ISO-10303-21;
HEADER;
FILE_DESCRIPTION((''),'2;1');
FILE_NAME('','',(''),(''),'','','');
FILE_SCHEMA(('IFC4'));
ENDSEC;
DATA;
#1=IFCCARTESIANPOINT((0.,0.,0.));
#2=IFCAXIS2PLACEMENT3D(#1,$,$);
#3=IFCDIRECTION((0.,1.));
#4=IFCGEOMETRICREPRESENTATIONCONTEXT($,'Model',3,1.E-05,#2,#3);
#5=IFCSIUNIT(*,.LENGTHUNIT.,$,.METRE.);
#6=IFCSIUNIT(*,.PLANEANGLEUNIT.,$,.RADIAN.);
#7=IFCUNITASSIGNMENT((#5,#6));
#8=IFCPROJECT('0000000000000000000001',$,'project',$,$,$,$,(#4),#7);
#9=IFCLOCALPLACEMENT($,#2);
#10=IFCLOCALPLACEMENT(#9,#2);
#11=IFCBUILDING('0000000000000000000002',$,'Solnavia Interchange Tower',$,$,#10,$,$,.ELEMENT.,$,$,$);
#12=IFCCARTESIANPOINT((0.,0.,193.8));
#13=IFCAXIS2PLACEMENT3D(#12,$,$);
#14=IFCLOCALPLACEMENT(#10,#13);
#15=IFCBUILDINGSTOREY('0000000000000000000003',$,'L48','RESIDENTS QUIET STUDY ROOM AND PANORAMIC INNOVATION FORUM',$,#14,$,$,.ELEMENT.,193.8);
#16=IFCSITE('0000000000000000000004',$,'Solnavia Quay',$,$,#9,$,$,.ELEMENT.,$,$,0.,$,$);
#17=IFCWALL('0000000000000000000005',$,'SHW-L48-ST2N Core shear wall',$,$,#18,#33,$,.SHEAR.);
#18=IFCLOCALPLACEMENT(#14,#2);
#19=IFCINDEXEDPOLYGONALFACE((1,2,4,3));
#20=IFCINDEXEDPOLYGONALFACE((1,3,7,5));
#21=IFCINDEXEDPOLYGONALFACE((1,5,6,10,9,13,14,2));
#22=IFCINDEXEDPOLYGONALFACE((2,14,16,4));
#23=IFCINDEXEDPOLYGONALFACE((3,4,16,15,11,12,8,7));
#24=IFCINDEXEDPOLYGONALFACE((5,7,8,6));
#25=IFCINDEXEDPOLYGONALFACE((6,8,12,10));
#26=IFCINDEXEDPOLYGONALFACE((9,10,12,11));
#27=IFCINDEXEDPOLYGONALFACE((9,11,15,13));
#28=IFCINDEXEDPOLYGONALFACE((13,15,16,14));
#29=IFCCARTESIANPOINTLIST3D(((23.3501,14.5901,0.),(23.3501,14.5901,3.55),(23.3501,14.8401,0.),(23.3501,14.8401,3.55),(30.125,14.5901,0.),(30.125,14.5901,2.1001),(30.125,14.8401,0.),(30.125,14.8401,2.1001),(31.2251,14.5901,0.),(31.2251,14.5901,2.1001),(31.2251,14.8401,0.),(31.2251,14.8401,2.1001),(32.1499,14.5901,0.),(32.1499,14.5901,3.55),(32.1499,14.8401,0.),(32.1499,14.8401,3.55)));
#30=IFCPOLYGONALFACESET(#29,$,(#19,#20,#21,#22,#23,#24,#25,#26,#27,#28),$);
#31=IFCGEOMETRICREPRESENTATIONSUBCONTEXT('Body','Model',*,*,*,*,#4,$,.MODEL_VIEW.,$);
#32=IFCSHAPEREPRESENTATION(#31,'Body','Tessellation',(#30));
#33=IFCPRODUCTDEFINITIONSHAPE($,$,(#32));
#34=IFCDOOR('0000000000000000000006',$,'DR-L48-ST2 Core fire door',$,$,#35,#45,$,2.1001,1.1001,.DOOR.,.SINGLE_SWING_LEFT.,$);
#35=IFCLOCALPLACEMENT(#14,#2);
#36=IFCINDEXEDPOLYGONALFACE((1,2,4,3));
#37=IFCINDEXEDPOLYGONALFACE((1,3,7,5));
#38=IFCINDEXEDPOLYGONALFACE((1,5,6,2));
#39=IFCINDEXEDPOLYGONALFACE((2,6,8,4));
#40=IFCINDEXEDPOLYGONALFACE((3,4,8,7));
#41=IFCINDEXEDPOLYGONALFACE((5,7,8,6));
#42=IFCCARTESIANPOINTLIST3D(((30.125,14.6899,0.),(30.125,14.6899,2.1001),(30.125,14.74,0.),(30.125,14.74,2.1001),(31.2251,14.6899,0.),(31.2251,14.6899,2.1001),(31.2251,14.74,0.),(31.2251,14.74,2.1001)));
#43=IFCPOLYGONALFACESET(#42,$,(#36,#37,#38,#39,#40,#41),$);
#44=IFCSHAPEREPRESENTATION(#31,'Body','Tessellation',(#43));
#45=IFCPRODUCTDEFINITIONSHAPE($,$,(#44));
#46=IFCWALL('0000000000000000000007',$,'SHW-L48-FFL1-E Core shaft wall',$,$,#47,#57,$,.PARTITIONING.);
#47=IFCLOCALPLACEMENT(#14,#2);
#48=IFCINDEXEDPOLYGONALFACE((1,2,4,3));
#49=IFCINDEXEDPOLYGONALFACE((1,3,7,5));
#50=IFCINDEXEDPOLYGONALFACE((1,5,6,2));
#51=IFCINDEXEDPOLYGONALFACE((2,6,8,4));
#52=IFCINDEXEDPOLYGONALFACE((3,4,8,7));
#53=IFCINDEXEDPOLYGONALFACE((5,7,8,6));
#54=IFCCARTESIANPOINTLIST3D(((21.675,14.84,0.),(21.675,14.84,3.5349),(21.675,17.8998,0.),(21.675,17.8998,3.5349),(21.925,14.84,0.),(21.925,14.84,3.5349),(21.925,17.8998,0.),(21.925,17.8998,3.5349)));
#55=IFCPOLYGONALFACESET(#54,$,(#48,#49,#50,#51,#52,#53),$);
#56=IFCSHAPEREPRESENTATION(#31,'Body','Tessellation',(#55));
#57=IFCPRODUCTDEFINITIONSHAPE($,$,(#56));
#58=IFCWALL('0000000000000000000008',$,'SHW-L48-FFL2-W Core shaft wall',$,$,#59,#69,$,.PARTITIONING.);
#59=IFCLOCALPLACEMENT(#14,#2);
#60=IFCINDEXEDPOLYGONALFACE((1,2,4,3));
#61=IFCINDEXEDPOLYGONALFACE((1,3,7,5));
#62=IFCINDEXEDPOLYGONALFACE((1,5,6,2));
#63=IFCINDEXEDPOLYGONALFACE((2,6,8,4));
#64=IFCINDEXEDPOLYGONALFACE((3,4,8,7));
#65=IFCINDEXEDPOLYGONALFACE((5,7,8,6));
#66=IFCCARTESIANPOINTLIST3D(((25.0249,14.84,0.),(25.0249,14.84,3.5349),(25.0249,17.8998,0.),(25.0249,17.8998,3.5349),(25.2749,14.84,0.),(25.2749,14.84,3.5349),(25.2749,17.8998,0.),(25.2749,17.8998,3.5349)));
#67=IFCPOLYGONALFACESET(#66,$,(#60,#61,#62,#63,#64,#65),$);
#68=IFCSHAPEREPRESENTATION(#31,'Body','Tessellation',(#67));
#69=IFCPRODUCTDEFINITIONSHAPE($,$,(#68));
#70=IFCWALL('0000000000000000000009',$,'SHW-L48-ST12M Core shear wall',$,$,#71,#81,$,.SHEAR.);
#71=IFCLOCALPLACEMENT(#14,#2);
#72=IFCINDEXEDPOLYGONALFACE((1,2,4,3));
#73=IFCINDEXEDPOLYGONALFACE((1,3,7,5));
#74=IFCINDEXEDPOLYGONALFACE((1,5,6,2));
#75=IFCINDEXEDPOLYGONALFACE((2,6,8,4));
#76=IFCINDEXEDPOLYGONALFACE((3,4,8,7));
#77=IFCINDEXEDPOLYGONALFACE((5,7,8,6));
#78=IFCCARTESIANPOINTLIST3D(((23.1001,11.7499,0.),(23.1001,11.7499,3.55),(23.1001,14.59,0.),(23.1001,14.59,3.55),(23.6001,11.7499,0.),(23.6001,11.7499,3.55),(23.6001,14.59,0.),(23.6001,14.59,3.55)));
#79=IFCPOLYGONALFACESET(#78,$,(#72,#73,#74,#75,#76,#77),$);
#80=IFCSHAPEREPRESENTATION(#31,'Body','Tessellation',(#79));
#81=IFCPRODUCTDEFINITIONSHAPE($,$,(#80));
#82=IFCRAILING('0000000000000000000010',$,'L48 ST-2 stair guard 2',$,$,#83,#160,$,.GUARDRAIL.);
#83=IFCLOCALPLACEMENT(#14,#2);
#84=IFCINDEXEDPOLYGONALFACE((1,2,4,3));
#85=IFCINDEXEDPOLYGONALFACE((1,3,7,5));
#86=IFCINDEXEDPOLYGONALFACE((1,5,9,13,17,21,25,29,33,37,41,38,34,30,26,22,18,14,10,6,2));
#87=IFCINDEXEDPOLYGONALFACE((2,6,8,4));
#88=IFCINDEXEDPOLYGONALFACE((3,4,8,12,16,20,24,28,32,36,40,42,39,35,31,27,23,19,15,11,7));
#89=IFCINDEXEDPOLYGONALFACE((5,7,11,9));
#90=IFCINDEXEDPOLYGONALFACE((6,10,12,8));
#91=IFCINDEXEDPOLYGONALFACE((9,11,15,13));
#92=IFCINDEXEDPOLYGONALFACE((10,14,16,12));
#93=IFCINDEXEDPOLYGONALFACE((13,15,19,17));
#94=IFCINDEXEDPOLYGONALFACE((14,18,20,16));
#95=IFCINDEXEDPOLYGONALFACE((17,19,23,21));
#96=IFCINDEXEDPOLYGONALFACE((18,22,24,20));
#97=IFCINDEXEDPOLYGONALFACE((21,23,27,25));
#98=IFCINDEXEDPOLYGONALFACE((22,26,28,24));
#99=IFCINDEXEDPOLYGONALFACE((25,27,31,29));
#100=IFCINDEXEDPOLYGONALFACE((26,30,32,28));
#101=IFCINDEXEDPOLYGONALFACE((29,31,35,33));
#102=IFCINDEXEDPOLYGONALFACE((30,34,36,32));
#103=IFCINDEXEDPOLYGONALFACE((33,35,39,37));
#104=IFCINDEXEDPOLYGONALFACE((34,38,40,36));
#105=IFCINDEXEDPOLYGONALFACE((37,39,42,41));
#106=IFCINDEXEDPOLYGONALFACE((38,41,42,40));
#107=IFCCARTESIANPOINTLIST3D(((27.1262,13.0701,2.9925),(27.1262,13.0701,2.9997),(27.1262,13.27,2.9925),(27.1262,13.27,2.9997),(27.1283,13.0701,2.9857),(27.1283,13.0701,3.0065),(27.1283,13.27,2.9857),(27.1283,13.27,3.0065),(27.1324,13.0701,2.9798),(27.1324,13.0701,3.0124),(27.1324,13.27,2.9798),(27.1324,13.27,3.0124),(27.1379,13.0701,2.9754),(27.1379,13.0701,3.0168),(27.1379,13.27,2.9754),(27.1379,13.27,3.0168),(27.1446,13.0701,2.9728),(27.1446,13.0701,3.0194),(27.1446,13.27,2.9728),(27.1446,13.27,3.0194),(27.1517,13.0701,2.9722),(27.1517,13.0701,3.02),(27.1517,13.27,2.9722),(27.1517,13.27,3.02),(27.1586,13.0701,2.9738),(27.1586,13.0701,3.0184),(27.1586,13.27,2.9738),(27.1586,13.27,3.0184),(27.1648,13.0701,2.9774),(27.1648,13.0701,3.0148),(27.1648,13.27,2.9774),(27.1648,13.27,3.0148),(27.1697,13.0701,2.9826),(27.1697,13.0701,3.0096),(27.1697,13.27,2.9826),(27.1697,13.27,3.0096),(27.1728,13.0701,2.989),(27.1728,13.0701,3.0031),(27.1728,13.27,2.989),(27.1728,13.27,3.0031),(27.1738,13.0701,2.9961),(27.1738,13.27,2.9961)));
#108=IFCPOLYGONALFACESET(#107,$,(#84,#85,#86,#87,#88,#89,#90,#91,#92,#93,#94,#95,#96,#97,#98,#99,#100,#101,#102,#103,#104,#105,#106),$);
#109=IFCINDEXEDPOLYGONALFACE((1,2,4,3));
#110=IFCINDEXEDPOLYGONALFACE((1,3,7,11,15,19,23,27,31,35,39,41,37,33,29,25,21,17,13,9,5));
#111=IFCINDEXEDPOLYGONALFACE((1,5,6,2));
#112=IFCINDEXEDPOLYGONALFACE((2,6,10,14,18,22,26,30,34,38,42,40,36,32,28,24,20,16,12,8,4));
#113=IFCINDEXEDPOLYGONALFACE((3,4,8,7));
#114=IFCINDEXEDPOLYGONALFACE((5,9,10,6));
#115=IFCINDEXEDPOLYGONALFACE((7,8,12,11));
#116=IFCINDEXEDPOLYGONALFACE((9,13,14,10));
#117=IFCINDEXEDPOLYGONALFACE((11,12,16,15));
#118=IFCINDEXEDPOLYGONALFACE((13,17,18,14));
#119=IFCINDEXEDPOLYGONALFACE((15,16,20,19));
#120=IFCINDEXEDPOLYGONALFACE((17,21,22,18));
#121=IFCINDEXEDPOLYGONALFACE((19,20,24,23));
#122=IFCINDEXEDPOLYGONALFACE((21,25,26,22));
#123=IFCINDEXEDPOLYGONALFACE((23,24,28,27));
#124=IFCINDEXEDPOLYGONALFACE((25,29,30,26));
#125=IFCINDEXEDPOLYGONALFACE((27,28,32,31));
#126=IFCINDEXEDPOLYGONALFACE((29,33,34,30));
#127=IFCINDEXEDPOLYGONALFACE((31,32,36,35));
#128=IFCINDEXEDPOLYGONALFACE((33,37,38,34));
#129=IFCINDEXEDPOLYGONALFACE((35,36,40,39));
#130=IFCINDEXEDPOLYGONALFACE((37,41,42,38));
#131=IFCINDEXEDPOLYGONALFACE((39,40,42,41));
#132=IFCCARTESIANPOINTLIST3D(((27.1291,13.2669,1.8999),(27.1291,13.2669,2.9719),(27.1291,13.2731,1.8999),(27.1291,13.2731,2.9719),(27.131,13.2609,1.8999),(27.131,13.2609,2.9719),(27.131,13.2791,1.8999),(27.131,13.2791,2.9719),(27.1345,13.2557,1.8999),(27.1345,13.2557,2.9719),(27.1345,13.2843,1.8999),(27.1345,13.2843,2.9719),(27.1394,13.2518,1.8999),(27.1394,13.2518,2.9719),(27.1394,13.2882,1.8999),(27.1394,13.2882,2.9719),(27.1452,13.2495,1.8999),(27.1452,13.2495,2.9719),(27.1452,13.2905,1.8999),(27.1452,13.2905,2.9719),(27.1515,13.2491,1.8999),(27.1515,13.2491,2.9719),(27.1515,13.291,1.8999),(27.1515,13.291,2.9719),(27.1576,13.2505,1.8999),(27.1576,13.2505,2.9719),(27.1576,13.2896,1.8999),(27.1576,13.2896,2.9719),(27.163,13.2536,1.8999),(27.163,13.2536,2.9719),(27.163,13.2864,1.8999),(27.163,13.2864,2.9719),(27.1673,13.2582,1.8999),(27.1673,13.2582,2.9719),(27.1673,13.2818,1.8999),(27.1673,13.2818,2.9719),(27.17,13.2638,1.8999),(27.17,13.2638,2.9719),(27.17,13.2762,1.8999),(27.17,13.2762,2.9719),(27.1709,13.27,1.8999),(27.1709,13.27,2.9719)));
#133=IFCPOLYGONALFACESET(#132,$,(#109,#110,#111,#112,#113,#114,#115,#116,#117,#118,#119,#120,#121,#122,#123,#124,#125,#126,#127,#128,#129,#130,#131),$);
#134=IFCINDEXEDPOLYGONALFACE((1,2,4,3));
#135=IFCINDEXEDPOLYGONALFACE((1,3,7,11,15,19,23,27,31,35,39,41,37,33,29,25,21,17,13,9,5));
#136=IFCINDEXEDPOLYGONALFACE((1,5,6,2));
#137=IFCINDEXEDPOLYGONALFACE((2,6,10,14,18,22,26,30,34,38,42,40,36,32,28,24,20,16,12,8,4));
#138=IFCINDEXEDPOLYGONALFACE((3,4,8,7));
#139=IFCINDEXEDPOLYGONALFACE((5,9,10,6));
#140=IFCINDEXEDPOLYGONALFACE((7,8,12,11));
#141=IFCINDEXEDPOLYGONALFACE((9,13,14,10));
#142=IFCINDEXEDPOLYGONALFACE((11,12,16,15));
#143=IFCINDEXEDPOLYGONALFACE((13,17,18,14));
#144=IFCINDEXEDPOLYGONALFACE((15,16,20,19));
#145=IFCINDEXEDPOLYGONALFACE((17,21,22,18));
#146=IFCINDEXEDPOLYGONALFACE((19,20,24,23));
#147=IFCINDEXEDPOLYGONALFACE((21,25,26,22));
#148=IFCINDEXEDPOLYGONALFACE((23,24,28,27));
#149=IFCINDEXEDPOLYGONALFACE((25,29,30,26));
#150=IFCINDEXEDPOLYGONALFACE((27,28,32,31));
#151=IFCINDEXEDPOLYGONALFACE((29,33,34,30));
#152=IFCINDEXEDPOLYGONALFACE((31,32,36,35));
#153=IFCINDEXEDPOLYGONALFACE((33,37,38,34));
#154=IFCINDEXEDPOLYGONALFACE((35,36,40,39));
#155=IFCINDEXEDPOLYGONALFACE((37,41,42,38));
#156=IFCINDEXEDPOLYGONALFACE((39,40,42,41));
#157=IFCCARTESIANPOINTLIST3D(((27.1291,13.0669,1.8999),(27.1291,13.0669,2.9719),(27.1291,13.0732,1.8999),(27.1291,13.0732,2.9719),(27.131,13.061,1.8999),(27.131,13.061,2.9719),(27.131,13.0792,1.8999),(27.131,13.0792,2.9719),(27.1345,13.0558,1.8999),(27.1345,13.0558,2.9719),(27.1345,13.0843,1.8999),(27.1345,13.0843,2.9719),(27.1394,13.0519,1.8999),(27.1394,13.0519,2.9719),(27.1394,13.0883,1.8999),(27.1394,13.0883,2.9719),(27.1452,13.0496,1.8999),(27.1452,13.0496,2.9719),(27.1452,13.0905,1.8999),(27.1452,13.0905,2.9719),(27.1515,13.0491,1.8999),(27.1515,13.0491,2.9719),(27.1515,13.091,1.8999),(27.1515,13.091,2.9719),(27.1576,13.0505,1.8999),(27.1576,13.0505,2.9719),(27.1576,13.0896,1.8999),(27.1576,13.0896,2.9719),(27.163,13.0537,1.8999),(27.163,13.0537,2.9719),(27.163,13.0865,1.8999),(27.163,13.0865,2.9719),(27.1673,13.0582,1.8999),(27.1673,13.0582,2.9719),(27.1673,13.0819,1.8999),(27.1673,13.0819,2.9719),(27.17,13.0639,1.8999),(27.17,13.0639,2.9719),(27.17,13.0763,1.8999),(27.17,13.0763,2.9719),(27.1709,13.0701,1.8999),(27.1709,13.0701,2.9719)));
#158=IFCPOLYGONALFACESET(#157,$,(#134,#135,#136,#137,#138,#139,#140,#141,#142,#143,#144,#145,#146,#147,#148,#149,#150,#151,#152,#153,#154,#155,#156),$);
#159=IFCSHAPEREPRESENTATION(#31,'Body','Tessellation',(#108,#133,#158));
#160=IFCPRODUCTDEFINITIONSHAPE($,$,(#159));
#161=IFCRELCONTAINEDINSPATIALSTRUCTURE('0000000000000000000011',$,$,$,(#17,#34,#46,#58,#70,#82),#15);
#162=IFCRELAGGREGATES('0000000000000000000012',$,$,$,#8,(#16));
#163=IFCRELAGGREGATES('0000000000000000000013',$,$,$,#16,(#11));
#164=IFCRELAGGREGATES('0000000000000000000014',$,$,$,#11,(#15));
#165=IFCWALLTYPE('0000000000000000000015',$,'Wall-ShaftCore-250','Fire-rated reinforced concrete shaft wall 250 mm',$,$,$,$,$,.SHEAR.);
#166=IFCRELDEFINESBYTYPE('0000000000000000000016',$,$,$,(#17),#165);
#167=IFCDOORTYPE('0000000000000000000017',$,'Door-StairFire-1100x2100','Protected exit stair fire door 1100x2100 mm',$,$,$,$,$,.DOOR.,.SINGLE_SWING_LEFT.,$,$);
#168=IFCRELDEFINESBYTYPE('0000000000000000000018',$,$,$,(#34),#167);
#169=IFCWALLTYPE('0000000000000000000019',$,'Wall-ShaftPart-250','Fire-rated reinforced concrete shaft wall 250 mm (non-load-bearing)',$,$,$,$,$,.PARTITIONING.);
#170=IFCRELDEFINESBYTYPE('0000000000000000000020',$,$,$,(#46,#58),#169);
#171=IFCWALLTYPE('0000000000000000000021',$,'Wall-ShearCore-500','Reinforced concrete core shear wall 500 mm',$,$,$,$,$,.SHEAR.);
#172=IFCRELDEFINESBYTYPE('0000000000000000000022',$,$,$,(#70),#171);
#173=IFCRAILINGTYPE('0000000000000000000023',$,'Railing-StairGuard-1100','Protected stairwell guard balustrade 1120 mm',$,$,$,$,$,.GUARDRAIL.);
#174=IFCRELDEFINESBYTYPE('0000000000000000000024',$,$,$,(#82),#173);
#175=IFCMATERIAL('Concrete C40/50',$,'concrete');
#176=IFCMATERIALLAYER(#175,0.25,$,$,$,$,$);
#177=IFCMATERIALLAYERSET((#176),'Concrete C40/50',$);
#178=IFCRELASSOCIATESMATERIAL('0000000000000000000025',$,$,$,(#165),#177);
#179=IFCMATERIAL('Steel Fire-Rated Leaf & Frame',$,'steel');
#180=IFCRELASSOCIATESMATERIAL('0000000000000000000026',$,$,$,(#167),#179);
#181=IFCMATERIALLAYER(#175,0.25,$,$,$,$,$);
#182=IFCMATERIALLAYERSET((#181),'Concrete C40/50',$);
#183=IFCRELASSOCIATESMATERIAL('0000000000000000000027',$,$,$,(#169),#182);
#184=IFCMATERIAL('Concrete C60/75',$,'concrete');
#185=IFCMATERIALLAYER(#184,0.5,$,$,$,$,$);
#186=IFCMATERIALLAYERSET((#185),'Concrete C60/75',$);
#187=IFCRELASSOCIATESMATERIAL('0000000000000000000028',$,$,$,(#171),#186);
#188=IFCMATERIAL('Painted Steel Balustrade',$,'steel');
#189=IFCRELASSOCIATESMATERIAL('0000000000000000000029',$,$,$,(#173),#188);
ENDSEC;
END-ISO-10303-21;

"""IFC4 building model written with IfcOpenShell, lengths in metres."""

from ifc_helpers import new_model, si_unit, direction, frame, frame_2d, origin, origin_2d, place, context, subcontext, project, spatial, rectangle, circle, extrude, material, layer, layer_set, type_object, element, fill, save


model = new_model("IFC4")

# Units and contexts
model_context = context("Model", 3, precision=1e-05, world=origin(), true_north=direction((0.0, 1.0)))
body_context = subcontext(model_context, "Body", "Model", "MODEL_VIEW")
ifc_project = project(units=[si_unit("LENGTHUNIT", "METRE"), si_unit("PLANEANGLEUNIT", "RADIAN")], contexts=[model_context])

# Site, building, storey
site_placement = place(None, origin())
site = spatial("IfcSite", under=ifc_project, at=site_placement, Name="Solnavia Quay", CompositionType="ELEMENT", RefElevation=0.0)
building_placement = place(site_placement, origin())
building = spatial("IfcBuilding", under=site, at=building_placement, Name="Solnavia Interchange Tower", CompositionType="ELEMENT")
storey_placement = place(building_placement, frame((0.0, 0.0, 193.8)))
storey = spatial("IfcBuildingStorey", under=building, at=storey_placement, Name="L48", Description="RESIDENTS QUIET STUDY ROOM AND PANORAMIC INNOVATION FORUM", CompositionType="ELEMENT", Elevation=193.8)

# Shared definitions
ifc_material_1 = material(Name="Concrete C40/50", Category="concrete")

# Shared definitions
ifc_layer_1 = layer(ifc_material_1, 0.25)
ifc_layer_set_1 = layer_set([ifc_layer_1], Name="Concrete C40/50")
wall_type_1 = type_object("IfcWallType", Name="Wall-ShaftCore-250", Description="Fire-rated reinforced concrete shaft wall 250 mm", PredefinedType="SHEAR", material=ifc_layer_set_1)

# Wall, opening, door
wall_1_placement = place(storey_placement, frame((23.3501, 14.7151, 0.0), z_axis=(0.0, 0.0, 1.0), x_axis=(1.0, 0.0, 0.0)))
wall_1 = element("IfcWall", 1, at=wall_1_placement, inside=storey, type_object=wall_type_1, Name="SHW-L48-ST2N Core shear wall", PredefinedType="SHEAR", context=body_context, shape_type="SweptSolid", body=[
    extrude(rectangle(XDim=8.7998, YDim=0.25, at=frame_2d((4.3999, 0.0))), origin(), (0.0, 0.0, 1.0), 3.55),
])
opening_1_placement = place(wall_1_placement, frame((6.7749, 0.0, 0.0)))
opening_1 = element("IfcOpeningElement", 2, at=opening_1_placement, cuts=wall_1, PredefinedType="OPENING", context=body_context, shape_type="SweptSolid", body=[
    extrude(rectangle(XDim=1.1001, YDim=2.1001, at=frame_2d((0.55, 1.05))), frame((0.0, 0.135, 0.0), z_axis=(0.0, -1.0, 0.0), x_axis=(1.0, 0.0, 0.0)), (0.0, 0.0, 1.0), 0.27),
])
ifc_material_2 = material(Name="Steel Fire-Rated Leaf & Frame", Category="steel")
door_type = type_object("IfcDoorType", Name="Door-StairFire-1100x2100", Description="Protected exit stair fire door 1100x2100 mm", OperationType="SINGLE_SWING_LEFT", PredefinedType="DOOR", material=ifc_material_2)
door_placement = place(opening_1_placement, origin())
door = element("IfcDoor", 3, at=door_placement, inside=storey, type_object=door_type, Name="DR-L48-ST2 Core fire door", OperationType="SINGLE_SWING_LEFT", OverallHeight=2.1001, OverallWidth=1.1001, PredefinedType="DOOR", context=body_context, shape_type="SweptSolid", body=[
    extrude(rectangle(XDim=1.1001, YDim=2.1001, at=frame_2d((0.55, 1.05))), frame((0.0, 0.0249, 0.0), z_axis=(0.0, -1.0, 0.0), x_axis=(1.0, 0.0, 0.0)), (0.0, 0.0, 1.0), 0.05),
])
fill(opening_1, door)

# Walls
ifc_layer_2 = layer(ifc_material_1, 0.25)
ifc_layer_set_2 = layer_set([ifc_layer_2], Name="Concrete C40/50")
wall_type_2 = type_object("IfcWallType", Name="Wall-ShaftPart-250", Description="Fire-rated reinforced concrete shaft wall 250 mm (non-load-bearing)", PredefinedType="PARTITIONING", material=ifc_layer_set_2)
for number, where, z_axis, x_axis, name in (
    (4, (21.8, 14.8401, 0.0), (0.0, 0.0, 1.0), (0.0, 1.0, 0.0), "SHW-L48-FFL1-E Core shaft wall"),
    (5, (25.1499, 14.8401, 0.0), (0.0, 0.0, 1.0), (0.0, 1.0, 0.0), "SHW-L48-FFL2-W Core shaft wall"),
):
    element("IfcWall", number, at=place(storey_placement, frame(where, z_axis=z_axis, x_axis=x_axis)), inside=storey, type_object=wall_type_2, Name=name, PredefinedType="PARTITIONING", context=body_context, shape_type="SweptSolid", body=[
        extrude(rectangle(XDim=3.0598, YDim=0.25, at=frame_2d((1.5298, 0.0))), origin(), (0.0, 0.0, 1.0), 3.5349),
    ])
ifc_material_3 = material(Name="Concrete C60/75", Category="concrete")
ifc_layer_3 = layer(ifc_material_3, 0.5)
ifc_layer_set_3 = layer_set([ifc_layer_3], Name="Concrete C60/75")
wall_type_3 = type_object("IfcWallType", Name="Wall-ShearCore-500", Description="Reinforced concrete core shear wall 500 mm", PredefinedType="SHEAR", material=ifc_layer_set_3)
wall_2_placement = place(storey_placement, frame((23.3501, 11.75, 0.0), z_axis=(0.0, 0.0, 1.0), x_axis=(0.0, 1.0, 0.0)))
element("IfcWall", 6, at=wall_2_placement, inside=storey, type_object=wall_type_3, Name="SHW-L48-ST12M Core shear wall", PredefinedType="SHEAR", context=body_context, shape_type="SweptSolid", body=[
    extrude(rectangle(XDim=2.8401, YDim=0.5, at=frame_2d((1.4199, 0.0))), origin(), (0.0, 0.0, 1.0), 3.55),
])

# Railing
ifc_material_4 = material(Name="Painted Steel Balustrade", Category="steel")
railing_type = type_object("IfcRailingType", Name="Railing-StairGuard-1100", Description="Protected stairwell guard balustrade 1120 mm", PredefinedType="GUARDRAIL", material=ifc_material_4)
railing_placement = place(storey_placement, frame((27.1499, 13.27, 1.8999)))
element("IfcRailing", 7, at=railing_placement, inside=storey, type_object=railing_type, Name="L48 ST-2 stair guard 2", PredefinedType="GUARDRAIL", context=body_context, shape_type="SweptSolid", body=[
    extrude(circle(Radius=0.0239, at=origin_2d()), frame((0.0, 0.0, 1.0962), z_axis=(0.0, -1.0, 0.0), x_axis=(1.0, 0.0, 0.0)), (0.0, 0.0, 1.0), 0.2),
    extrude(circle(Radius=0.021, at=origin_2d()), origin(), (0.0, 0.0, 1.0), 1.072),
    extrude(circle(Radius=0.021, at=origin_2d()), frame((0.0, -0.2, 0.0)), (0.0, 0.0, 1.0), 1.072),
])

save(model, "model.ifc")
